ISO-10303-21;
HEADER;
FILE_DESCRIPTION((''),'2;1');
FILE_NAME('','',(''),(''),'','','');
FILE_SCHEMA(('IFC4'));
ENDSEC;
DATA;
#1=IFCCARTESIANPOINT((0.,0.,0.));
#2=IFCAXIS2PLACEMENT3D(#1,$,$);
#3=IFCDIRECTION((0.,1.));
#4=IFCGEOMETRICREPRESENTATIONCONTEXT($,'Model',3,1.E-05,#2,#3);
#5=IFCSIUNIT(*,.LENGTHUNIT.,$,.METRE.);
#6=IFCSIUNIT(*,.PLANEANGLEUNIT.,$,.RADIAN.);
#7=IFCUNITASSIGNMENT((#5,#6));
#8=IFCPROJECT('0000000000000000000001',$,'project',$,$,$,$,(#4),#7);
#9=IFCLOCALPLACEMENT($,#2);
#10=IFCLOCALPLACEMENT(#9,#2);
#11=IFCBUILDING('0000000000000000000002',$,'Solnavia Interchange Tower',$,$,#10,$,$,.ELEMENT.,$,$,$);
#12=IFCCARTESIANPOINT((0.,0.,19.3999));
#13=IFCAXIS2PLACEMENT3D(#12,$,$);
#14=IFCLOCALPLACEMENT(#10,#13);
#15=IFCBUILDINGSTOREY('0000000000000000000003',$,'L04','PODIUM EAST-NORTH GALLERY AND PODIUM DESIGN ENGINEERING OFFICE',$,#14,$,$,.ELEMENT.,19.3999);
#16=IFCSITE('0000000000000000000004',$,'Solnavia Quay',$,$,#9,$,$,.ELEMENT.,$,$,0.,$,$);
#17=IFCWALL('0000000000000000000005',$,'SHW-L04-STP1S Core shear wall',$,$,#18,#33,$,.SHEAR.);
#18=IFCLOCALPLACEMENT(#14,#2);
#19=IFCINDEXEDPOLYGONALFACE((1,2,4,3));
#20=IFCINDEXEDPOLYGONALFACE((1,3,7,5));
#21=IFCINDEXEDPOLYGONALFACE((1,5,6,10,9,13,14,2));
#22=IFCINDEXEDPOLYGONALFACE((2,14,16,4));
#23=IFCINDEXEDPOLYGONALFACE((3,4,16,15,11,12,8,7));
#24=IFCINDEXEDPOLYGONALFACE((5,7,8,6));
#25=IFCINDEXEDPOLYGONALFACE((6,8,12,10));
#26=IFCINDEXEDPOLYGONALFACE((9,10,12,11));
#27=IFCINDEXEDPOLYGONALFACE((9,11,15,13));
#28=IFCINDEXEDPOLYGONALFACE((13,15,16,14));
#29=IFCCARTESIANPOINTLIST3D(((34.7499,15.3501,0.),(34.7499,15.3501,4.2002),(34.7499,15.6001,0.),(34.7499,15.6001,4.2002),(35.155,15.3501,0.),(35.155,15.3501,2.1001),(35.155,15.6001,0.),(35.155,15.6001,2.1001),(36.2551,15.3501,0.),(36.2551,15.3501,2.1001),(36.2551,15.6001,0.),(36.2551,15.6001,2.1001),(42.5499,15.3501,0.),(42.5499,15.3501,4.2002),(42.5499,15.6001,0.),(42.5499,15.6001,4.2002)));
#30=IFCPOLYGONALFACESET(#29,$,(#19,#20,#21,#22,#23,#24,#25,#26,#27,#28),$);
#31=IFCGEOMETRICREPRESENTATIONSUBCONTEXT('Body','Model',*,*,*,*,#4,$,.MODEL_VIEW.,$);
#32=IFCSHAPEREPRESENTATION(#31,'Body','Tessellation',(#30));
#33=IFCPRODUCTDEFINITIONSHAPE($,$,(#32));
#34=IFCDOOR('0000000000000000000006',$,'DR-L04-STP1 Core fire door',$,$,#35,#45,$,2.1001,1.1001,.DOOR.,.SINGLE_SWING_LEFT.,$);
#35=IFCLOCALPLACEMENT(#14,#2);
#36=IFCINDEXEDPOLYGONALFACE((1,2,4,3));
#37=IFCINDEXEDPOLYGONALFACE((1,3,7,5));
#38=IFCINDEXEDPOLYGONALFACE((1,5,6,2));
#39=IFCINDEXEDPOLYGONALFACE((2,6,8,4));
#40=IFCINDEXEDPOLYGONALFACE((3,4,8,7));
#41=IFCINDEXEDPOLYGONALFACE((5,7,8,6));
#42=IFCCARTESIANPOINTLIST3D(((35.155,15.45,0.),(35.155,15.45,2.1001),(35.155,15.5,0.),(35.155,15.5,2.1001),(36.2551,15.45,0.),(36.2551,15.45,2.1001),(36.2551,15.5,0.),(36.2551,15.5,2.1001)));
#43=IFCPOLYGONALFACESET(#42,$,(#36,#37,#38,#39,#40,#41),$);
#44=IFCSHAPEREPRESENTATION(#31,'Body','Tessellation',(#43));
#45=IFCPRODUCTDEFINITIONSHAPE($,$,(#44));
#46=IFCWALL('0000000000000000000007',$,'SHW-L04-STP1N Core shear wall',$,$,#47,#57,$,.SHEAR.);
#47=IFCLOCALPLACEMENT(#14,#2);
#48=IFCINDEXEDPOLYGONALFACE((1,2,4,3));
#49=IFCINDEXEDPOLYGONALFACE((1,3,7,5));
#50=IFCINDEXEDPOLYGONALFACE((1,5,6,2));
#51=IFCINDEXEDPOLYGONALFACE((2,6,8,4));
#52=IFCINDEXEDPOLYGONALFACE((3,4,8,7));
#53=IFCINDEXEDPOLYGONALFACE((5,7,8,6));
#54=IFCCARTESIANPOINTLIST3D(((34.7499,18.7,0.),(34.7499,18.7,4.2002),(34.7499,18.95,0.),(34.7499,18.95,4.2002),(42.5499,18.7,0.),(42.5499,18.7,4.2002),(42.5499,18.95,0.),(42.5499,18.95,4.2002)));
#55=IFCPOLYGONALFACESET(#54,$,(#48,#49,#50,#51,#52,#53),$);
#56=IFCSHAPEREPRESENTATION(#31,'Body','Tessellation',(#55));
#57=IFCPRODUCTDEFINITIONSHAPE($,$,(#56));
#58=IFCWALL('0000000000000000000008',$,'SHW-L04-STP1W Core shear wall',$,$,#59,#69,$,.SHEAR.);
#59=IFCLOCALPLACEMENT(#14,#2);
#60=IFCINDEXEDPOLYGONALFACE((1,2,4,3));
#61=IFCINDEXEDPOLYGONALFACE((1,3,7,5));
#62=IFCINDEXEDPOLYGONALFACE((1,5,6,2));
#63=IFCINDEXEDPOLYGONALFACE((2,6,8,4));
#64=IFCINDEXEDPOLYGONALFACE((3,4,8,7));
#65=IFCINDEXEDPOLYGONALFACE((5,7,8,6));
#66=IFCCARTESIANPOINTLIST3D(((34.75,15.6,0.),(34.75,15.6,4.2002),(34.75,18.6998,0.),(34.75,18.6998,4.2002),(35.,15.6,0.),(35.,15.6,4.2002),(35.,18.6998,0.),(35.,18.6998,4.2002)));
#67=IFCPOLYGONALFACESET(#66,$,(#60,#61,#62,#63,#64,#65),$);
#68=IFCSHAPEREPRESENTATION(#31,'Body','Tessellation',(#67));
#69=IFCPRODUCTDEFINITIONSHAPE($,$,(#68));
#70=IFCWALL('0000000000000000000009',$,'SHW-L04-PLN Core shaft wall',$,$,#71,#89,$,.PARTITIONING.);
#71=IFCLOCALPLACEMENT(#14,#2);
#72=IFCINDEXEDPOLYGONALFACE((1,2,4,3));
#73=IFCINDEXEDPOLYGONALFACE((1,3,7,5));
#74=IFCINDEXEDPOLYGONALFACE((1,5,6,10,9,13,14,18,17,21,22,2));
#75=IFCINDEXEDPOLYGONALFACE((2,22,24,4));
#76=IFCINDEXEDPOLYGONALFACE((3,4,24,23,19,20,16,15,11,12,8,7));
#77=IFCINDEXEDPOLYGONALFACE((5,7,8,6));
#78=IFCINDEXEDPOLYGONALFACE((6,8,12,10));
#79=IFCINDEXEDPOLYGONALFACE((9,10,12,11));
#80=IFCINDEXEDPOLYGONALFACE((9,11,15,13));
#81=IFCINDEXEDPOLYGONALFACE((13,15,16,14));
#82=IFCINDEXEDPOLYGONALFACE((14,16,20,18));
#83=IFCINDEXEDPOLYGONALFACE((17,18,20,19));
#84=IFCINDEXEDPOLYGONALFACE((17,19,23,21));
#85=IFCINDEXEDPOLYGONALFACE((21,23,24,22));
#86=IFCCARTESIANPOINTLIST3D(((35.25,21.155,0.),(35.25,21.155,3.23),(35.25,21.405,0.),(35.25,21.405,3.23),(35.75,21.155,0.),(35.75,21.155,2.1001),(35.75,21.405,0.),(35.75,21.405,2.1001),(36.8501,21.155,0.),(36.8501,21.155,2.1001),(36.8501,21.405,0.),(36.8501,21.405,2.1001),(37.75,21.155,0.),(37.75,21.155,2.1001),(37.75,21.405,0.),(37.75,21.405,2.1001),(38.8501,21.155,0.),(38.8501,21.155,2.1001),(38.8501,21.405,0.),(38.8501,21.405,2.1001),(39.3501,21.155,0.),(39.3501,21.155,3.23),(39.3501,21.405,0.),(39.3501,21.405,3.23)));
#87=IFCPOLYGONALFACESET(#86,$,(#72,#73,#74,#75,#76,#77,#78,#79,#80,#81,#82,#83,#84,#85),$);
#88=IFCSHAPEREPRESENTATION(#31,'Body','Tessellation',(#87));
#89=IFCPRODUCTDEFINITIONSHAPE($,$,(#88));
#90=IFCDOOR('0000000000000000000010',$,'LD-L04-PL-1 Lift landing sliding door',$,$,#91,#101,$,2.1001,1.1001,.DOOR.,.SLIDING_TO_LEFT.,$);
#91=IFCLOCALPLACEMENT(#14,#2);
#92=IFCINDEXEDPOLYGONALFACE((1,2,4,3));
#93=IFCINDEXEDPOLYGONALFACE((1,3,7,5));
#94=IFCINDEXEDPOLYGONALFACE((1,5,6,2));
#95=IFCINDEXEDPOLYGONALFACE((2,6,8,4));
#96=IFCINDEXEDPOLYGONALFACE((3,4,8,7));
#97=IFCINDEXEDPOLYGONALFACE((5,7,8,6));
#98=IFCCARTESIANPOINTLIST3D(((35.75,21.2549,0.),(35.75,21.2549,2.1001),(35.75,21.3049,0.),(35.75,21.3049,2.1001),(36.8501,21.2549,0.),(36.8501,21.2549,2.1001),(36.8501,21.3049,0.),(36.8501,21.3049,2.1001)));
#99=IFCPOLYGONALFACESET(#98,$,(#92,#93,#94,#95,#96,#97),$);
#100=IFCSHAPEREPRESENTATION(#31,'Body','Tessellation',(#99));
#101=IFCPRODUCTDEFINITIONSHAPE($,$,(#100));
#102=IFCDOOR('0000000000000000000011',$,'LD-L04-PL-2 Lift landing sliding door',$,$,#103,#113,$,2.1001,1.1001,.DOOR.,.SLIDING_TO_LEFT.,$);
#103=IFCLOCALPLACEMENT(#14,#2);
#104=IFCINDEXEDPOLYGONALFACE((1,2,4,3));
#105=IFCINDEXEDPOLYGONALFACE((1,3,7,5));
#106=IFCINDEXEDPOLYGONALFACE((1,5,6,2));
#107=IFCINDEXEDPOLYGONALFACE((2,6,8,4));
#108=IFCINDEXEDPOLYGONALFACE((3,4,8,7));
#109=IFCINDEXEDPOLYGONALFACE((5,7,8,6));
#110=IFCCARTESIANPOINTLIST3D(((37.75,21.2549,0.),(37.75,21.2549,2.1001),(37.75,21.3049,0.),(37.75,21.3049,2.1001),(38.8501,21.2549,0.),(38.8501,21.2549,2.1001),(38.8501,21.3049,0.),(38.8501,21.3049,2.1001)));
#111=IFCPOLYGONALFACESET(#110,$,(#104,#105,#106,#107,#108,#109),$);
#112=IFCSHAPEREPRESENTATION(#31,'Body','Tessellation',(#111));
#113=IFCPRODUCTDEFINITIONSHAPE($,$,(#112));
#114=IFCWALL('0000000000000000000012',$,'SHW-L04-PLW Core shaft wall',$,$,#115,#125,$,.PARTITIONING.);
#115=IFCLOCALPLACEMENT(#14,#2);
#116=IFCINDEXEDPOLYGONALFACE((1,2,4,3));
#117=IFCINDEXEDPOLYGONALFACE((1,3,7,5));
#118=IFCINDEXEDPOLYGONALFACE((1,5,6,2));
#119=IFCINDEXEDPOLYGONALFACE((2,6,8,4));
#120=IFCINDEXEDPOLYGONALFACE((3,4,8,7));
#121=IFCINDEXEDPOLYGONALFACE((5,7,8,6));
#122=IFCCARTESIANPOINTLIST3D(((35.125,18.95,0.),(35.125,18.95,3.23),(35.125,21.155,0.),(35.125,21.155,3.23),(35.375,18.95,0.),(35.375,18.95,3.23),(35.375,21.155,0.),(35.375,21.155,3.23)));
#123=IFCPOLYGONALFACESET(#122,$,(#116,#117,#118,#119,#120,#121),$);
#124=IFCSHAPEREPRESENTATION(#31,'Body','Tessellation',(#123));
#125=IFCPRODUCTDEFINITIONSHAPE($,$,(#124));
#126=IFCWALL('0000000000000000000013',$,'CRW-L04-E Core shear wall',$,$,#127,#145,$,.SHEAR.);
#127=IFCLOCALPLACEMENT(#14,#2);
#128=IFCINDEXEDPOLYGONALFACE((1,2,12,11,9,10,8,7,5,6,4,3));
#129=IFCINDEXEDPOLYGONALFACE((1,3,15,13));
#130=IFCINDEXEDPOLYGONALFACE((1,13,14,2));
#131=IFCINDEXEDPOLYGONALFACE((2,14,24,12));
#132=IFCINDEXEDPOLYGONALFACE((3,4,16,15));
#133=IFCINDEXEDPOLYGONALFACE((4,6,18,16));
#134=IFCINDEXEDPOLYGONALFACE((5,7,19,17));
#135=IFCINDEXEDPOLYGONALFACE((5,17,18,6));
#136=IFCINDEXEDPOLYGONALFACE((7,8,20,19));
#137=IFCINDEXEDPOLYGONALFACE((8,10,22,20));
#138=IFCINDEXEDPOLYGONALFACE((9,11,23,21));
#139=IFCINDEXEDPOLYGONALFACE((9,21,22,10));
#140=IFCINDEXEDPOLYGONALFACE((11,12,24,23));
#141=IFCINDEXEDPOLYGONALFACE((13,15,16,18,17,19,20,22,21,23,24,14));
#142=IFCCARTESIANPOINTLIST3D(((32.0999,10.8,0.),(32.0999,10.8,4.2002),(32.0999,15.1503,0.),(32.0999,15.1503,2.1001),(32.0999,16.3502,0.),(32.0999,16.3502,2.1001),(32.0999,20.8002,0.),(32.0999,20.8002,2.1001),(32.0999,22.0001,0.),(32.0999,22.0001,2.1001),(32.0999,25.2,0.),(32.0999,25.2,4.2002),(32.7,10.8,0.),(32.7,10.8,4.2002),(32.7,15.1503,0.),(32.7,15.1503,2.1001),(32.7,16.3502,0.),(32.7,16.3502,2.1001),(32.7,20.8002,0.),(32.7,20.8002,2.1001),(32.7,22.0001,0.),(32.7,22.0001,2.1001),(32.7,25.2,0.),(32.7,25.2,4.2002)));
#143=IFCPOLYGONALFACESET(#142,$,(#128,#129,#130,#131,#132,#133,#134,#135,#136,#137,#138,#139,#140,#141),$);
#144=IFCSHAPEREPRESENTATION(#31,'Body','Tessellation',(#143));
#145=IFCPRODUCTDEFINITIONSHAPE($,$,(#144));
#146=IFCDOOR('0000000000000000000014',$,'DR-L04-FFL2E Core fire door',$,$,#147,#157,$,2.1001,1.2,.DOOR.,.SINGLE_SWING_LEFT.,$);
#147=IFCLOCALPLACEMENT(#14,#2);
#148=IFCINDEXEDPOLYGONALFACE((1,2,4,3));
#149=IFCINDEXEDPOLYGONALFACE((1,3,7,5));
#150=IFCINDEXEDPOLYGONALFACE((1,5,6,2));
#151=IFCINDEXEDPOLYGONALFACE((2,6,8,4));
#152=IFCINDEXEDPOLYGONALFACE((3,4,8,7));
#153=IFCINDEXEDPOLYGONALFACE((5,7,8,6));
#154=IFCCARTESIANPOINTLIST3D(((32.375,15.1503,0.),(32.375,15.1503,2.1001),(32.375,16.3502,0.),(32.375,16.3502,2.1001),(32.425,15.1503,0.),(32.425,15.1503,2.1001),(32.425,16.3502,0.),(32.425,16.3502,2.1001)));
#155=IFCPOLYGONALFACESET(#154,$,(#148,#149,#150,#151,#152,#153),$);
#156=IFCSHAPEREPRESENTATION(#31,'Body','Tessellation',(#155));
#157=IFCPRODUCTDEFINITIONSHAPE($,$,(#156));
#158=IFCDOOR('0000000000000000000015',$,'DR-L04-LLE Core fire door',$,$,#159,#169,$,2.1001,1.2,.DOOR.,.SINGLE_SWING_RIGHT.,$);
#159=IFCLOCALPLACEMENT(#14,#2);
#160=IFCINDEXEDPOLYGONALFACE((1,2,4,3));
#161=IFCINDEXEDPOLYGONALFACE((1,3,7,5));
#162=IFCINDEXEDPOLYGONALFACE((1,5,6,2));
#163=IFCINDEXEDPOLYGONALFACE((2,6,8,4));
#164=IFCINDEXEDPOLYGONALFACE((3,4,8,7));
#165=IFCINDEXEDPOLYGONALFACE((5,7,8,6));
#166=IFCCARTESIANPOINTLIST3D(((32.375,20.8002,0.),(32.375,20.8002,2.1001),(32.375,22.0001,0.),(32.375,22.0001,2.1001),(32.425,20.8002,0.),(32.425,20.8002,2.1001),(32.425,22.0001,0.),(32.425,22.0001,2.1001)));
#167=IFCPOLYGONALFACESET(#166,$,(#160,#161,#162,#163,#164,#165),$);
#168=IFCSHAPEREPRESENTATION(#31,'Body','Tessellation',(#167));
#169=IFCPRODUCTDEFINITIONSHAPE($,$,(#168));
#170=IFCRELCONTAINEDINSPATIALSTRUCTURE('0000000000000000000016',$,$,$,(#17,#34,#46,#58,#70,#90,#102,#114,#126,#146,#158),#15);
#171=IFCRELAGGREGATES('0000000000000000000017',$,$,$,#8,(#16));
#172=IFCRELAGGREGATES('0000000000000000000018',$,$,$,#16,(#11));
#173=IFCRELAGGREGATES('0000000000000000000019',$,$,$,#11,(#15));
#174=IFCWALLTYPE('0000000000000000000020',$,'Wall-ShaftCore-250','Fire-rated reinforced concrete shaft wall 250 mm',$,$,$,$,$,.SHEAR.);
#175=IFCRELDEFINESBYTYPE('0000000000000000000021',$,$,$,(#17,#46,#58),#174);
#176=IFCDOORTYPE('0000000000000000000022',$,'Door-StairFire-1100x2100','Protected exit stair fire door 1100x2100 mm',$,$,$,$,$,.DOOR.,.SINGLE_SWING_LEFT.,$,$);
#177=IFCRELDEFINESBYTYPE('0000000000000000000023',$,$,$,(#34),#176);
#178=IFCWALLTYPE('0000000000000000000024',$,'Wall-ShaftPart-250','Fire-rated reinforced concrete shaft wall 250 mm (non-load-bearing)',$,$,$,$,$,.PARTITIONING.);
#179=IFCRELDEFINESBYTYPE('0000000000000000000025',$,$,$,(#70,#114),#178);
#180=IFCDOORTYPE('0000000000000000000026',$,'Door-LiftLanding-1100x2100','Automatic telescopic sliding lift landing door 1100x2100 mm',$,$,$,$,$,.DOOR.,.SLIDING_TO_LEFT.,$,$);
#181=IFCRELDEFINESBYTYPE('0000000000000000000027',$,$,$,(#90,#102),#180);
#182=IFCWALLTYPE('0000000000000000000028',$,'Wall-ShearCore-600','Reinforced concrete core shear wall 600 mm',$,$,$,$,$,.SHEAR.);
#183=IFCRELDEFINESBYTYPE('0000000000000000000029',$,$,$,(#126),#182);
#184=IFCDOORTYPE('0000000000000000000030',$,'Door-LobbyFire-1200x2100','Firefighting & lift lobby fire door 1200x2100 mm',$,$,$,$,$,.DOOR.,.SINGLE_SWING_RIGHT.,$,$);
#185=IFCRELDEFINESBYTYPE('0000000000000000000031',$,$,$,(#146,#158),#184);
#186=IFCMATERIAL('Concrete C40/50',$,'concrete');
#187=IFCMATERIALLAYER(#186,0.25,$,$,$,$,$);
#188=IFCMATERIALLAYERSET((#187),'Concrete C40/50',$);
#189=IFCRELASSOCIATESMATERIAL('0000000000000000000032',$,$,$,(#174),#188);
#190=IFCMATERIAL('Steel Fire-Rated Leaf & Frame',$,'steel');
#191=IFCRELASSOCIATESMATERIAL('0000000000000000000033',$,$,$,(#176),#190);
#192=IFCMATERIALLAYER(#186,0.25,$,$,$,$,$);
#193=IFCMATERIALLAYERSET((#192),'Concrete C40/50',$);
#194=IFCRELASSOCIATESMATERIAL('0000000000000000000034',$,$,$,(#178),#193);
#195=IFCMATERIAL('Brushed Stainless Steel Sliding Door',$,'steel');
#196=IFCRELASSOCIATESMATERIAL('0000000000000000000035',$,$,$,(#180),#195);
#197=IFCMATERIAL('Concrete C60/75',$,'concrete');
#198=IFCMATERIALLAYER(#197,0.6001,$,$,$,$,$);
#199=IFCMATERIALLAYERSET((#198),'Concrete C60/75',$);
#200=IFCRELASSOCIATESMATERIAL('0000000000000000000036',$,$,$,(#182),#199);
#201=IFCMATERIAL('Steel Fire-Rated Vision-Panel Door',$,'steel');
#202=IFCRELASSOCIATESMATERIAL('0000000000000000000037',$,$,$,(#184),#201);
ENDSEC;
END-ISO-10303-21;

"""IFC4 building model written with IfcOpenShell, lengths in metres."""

from ifc_helpers import new_model, si_unit, direction, frame, frame_2d, origin, place, context, subcontext, project, spatial, rectangle, extrude, material, layer, layer_set, type_object, element, fill, save


model = new_model("IFC4")

# Units and contexts
model_context = context("Model", 3, precision=1e-05, world=origin(), true_north=direction((0.0, 1.0)))
body_context = subcontext(model_context, "Body", "Model", "MODEL_VIEW")
ifc_project = project(units=[si_unit("LENGTHUNIT", "METRE"), si_unit("PLANEANGLEUNIT", "RADIAN")], contexts=[model_context])

# Site, building, storey
site_placement = place(None, origin())
site = spatial("IfcSite", under=ifc_project, at=site_placement, Name="Solnavia Quay", CompositionType="ELEMENT", RefElevation=0.0)
building_placement = place(site_placement, origin())
building = spatial("IfcBuilding", under=site, at=building_placement, Name="Solnavia Interchange Tower", CompositionType="ELEMENT")
storey_placement = place(building_placement, frame((0.0, 0.0, 19.3999)))
storey = spatial("IfcBuildingStorey", under=building, at=storey_placement, Name="L04", Description="PODIUM EAST-NORTH GALLERY AND PODIUM DESIGN ENGINEERING OFFICE", CompositionType="ELEMENT", Elevation=19.3999)

# Shared definitions
ifc_material_1 = material(Name="Concrete C60/75", Category="concrete")

# Shared definitions
ifc_material_2 = material(Name="Concrete C40/50", Category="concrete")

# Wall, opening, door
ifc_layer_1 = layer(ifc_material_2, 0.25)
ifc_layer_set_1 = layer_set([ifc_layer_1], Name="Concrete C40/50")
wall_type_1 = type_object("IfcWallType", Name="Wall-ShaftCore-250", Description="Fire-rated reinforced concrete shaft wall 250 mm", PredefinedType="SHEAR", material=ifc_layer_set_1)
wall_1_placement = place(storey_placement, frame((34.75, 15.4751, 0.0), z_axis=(0.0, 0.0, 1.0), x_axis=(1.0, 0.0, 0.0)))
wall_1 = element("IfcWall", 1, at=wall_1_placement, inside=storey, type_object=wall_type_1, Name="SHW-L04-STP1S Core shear wall", PredefinedType="SHEAR", context=body_context, shape_type="SweptSolid", body=[
    extrude(rectangle(XDim=7.8, YDim=0.25, at=frame_2d((3.8999, 0.0))), origin(), (0.0, 0.0, 1.0), 4.2002),
])
opening_1_placement = place(wall_1_placement, frame((0.405, 0.0, 0.0)))
opening_1 = element("IfcOpeningElement", 2, at=opening_1_placement, cuts=wall_1, PredefinedType="OPENING", context=body_context, shape_type="SweptSolid", body=[
    extrude(rectangle(XDim=1.1001, YDim=2.1001, at=frame_2d((0.55, 1.05))), frame((0.0, 0.135, 0.0), z_axis=(0.0, -1.0, 0.0), x_axis=(1.0, 0.0, 0.0)), (0.0, 0.0, 1.0), 0.27),
])
ifc_material_3 = material(Name="Steel Fire-Rated Leaf & Frame", Category="steel")
door_type_1 = type_object("IfcDoorType", Name="Door-StairFire-1100x2100", Description="Protected exit stair fire door 1100x2100 mm", OperationType="SINGLE_SWING_LEFT", PredefinedType="DOOR", material=ifc_material_3)
door_1_placement = place(opening_1_placement, origin())
door_1 = element("IfcDoor", 3, at=door_1_placement, inside=storey, type_object=door_type_1, Name="DR-L04-STP1 Core fire door", OperationType="SINGLE_SWING_LEFT", OverallHeight=2.1001, OverallWidth=1.1001, PredefinedType="DOOR", context=body_context, shape_type="SweptSolid", body=[
    extrude(rectangle(XDim=1.1001, YDim=2.1001, at=frame_2d((0.55, 1.05))), frame((0.0, 0.0249, 0.0), z_axis=(0.0, -1.0, 0.0), x_axis=(1.0, 0.0, 0.0)), (0.0, 0.0, 1.0), 0.05),
])
fill(opening_1, door_1)

# Walls
wall_2_placement = place(storey_placement, frame((34.75, 18.825, 0.0), z_axis=(0.0, 0.0, 1.0), x_axis=(1.0, 0.0, 0.0)))
element("IfcWall", 4, at=wall_2_placement, inside=storey, type_object=wall_type_1, Name="SHW-L04-STP1N Core shear wall", PredefinedType="SHEAR", context=body_context, shape_type="SweptSolid", body=[
    extrude(rectangle(XDim=7.8, YDim=0.25, at=frame_2d((3.8999, 0.0))), origin(), (0.0, 0.0, 1.0), 4.2002),
])
wall_3_placement = place(storey_placement, frame((34.875, 15.6001, 0.0), z_axis=(0.0, 0.0, 1.0), x_axis=(0.0, 1.0, 0.0)))
element("IfcWall", 5, at=wall_3_placement, inside=storey, type_object=wall_type_1, Name="SHW-L04-STP1W Core shear wall", PredefinedType="SHEAR", context=body_context, shape_type="SweptSolid", body=[
    extrude(rectangle(XDim=3.0999, YDim=0.25, at=frame_2d((1.5498, 0.0))), origin(), (0.0, 0.0, 1.0), 4.2002),
])

# Wall, openings, doors
ifc_layer_2 = layer(ifc_material_2, 0.25)
ifc_layer_set_2 = layer_set([ifc_layer_2], Name="Concrete C40/50")
wall_type_2 = type_object("IfcWallType", Name="Wall-ShaftPart-250", Description="Fire-rated reinforced concrete shaft wall 250 mm (non-load-bearing)", PredefinedType="PARTITIONING", material=ifc_layer_set_2)
wall_4_placement = place(storey_placement, frame((35.25, 21.28, 0.0), z_axis=(0.0, 0.0, 1.0), x_axis=(1.0, 0.0, 0.0)))
wall_4 = element("IfcWall", 6, at=wall_4_placement, inside=storey, type_object=wall_type_2, Name="SHW-L04-PLN Core shaft wall", PredefinedType="PARTITIONING", context=body_context, shape_type="SweptSolid", body=[
    extrude(rectangle(XDim=4.1001, YDim=0.25, at=frame_2d((2.05, 0.0))), origin(), (0.0, 0.0, 1.0), 3.23),
])
opening_2_placement = place(wall_4_placement, frame((0.5, 0.0, 0.0)))
opening_2 = element("IfcOpeningElement", 7, at=opening_2_placement, cuts=wall_4, PredefinedType="OPENING", context=body_context, shape_type="SweptSolid", body=[
    extrude(rectangle(XDim=1.1001, YDim=2.1001, at=frame_2d((0.55, 1.05))), frame((0.0, 0.135, 0.0), z_axis=(0.0, -1.0, 0.0), x_axis=(1.0, 0.0, 0.0)), (0.0, 0.0, 1.0), 0.27),
])
opening_3_placement = place(wall_4_placement, frame((2.5, 0.0, 0.0)))
opening_3 = element("IfcOpeningElement", 8, at=opening_3_placement, cuts=wall_4, PredefinedType="OPENING", context=body_context, shape_type="SweptSolid", body=[
    extrude(rectangle(XDim=1.1001, YDim=2.1001, at=frame_2d((0.55, 1.05))), frame((0.0, 0.135, 0.0), z_axis=(0.0, -1.0, 0.0), x_axis=(1.0, 0.0, 0.0)), (0.0, 0.0, 1.0), 0.27),
])
ifc_material_4 = material(Name="Brushed Stainless Steel Sliding Door", Category="steel")
door_type_2 = type_object("IfcDoorType", Name="Door-LiftLanding-1100x2100", Description="Automatic telescopic sliding lift landing door 1100x2100 mm", OperationType="SLIDING_TO_LEFT", PredefinedType="DOOR", material=ifc_material_4)
door_2_placement = place(opening_2_placement, origin())
door_2 = element("IfcDoor", 9, at=door_2_placement, inside=storey, type_object=door_type_2, Name="LD-L04-PL-1 Lift landing sliding door", OperationType="SLIDING_TO_LEFT", OverallHeight=2.1001, OverallWidth=1.1001, PredefinedType="DOOR", context=body_context, shape_type="SweptSolid", body=[
    extrude(rectangle(XDim=1.1001, YDim=2.1001, at=frame_2d((0.55, 1.05))), frame((0.0, 0.0249, 0.0), z_axis=(0.0, -1.0, 0.0), x_axis=(1.0, 0.0, 0.0)), (0.0, 0.0, 1.0), 0.05),
])
fill(opening_2, door_2)
door_3_placement = place(opening_3_placement, origin())
door_3 = element("IfcDoor", 10, at=door_3_placement, inside=storey, type_object=door_type_2, Name="LD-L04-PL-2 Lift landing sliding door", OperationType="SLIDING_TO_LEFT", OverallHeight=2.1001, OverallWidth=1.1001, PredefinedType="DOOR", context=body_context, shape_type="SweptSolid", body=[
    extrude(rectangle(XDim=1.1001, YDim=2.1001, at=frame_2d((0.55, 1.05))), frame((0.0, 0.0249, 0.0), z_axis=(0.0, -1.0, 0.0), x_axis=(1.0, 0.0, 0.0)), (0.0, 0.0, 1.0), 0.05),
])
fill(opening_3, door_3)

# Wall
wall_5_placement = place(storey_placement, frame((35.25, 18.95, 0.0), z_axis=(0.0, 0.0, 1.0), x_axis=(0.0, 1.0, 0.0)))
element("IfcWall", 11, at=wall_5_placement, inside=storey, type_object=wall_type_2, Name="SHW-L04-PLW Core shaft wall", PredefinedType="PARTITIONING", context=body_context, shape_type="SweptSolid", body=[
    extrude(rectangle(XDim=2.2051, YDim=0.25, at=frame_2d((1.1025, 0.0))), origin(), (0.0, 0.0, 1.0), 3.23),
])

# Wall, openings, doors
ifc_layer_3 = layer(ifc_material_1, 0.6001)
ifc_layer_set_3 = layer_set([ifc_layer_3], Name="Concrete C60/75")
wall_type_3 = type_object("IfcWallType", Name="Wall-ShearCore-600", Description="Reinforced concrete core shear wall 600 mm", PredefinedType="SHEAR", material=ifc_layer_set_3)
wall_6_placement = place(storey_placement, frame((32.3999, 10.8, 0.0), z_axis=(0.0, 0.0, 1.0), x_axis=(0.0, 1.0, 0.0)))
wall_6 = element("IfcWall", 12, at=wall_6_placement, inside=storey, type_object=wall_type_3, Name="CRW-L04-E Core shear wall", PredefinedType="SHEAR", context=body_context, shape_type="SweptSolid", body=[
    extrude(rectangle(XDim=14.3999, YDim=0.6001, at=frame_2d((7.2, 0.0))), origin(), (0.0, 0.0, 1.0), 4.2002),
])
opening_4_placement = place(wall_6_placement, frame((4.3501, 0.0, 0.0)))
opening_4 = element("IfcOpeningElement", 13, at=opening_4_placement, cuts=wall_6, PredefinedType="OPENING", context=body_context, shape_type="SweptSolid", body=[
    extrude(rectangle(XDim=1.2, YDim=2.1001, at=frame_2d((0.6001, 1.05))), frame((0.0, 0.3101, 0.0), z_axis=(0.0, -1.0, 0.0), x_axis=(1.0, 0.0, 0.0)), (0.0, 0.0, 1.0), 0.6201),
])
opening_5_placement = place(wall_6_placement, frame((10.0, 0.0, 0.0)))
opening_5 = element("IfcOpeningElement", 14, at=opening_5_placement, cuts=wall_6, PredefinedType="OPENING", context=body_context, shape_type="SweptSolid", body=[
    extrude(rectangle(XDim=1.2, YDim=2.1001, at=frame_2d((0.6001, 1.05))), frame((0.0, 0.3101, 0.0), z_axis=(0.0, -1.0, 0.0), x_axis=(1.0, 0.0, 0.0)), (0.0, 0.0, 1.0), 0.6201),
])
ifc_material_5 = material(Name="Steel Fire-Rated Vision-Panel Door", Category="steel")
door_type_3 = type_object("IfcDoorType", Name="Door-LobbyFire-1200x2100", Description="Firefighting & lift lobby fire door 1200x2100 mm", OperationType="SINGLE_SWING_RIGHT", PredefinedType="DOOR", material=ifc_material_5)
door_4_placement = place(opening_4_placement, origin())
door_4 = element("IfcDoor", 15, at=door_4_placement, inside=storey, type_object=door_type_3, Name="DR-L04-FFL2E Core fire door", OperationType="SINGLE_SWING_LEFT", OverallHeight=2.1001, OverallWidth=1.2, PredefinedType="DOOR", context=body_context, shape_type="SweptSolid", body=[
    extrude(rectangle(XDim=1.2, YDim=2.1001, at=frame_2d((0.6001, 1.05))), frame((0.0, 0.0249, 0.0), z_axis=(0.0, -1.0, 0.0), x_axis=(1.0, 0.0, 0.0)), (0.0, 0.0, 1.0), 0.05),
])
fill(opening_4, door_4)
door_5_placement = place(opening_5_placement, origin())
door_5 = element("IfcDoor", 16, at=door_5_placement, inside=storey, type_object=door_type_3, Name="DR-L04-LLE Core fire door", OperationType="SINGLE_SWING_RIGHT", OverallHeight=2.1001, OverallWidth=1.2, PredefinedType="DOOR", context=body_context, shape_type="SweptSolid", body=[
    extrude(rectangle(XDim=1.2, YDim=2.1001, at=frame_2d((0.6001, 1.05))), frame((0.0, 0.0249, 0.0), z_axis=(0.0, -1.0, 0.0), x_axis=(1.0, 0.0, 0.0)), (0.0, 0.0, 1.0), 0.05),
])
fill(opening_5, door_5)

save(model, "model.ifc")
